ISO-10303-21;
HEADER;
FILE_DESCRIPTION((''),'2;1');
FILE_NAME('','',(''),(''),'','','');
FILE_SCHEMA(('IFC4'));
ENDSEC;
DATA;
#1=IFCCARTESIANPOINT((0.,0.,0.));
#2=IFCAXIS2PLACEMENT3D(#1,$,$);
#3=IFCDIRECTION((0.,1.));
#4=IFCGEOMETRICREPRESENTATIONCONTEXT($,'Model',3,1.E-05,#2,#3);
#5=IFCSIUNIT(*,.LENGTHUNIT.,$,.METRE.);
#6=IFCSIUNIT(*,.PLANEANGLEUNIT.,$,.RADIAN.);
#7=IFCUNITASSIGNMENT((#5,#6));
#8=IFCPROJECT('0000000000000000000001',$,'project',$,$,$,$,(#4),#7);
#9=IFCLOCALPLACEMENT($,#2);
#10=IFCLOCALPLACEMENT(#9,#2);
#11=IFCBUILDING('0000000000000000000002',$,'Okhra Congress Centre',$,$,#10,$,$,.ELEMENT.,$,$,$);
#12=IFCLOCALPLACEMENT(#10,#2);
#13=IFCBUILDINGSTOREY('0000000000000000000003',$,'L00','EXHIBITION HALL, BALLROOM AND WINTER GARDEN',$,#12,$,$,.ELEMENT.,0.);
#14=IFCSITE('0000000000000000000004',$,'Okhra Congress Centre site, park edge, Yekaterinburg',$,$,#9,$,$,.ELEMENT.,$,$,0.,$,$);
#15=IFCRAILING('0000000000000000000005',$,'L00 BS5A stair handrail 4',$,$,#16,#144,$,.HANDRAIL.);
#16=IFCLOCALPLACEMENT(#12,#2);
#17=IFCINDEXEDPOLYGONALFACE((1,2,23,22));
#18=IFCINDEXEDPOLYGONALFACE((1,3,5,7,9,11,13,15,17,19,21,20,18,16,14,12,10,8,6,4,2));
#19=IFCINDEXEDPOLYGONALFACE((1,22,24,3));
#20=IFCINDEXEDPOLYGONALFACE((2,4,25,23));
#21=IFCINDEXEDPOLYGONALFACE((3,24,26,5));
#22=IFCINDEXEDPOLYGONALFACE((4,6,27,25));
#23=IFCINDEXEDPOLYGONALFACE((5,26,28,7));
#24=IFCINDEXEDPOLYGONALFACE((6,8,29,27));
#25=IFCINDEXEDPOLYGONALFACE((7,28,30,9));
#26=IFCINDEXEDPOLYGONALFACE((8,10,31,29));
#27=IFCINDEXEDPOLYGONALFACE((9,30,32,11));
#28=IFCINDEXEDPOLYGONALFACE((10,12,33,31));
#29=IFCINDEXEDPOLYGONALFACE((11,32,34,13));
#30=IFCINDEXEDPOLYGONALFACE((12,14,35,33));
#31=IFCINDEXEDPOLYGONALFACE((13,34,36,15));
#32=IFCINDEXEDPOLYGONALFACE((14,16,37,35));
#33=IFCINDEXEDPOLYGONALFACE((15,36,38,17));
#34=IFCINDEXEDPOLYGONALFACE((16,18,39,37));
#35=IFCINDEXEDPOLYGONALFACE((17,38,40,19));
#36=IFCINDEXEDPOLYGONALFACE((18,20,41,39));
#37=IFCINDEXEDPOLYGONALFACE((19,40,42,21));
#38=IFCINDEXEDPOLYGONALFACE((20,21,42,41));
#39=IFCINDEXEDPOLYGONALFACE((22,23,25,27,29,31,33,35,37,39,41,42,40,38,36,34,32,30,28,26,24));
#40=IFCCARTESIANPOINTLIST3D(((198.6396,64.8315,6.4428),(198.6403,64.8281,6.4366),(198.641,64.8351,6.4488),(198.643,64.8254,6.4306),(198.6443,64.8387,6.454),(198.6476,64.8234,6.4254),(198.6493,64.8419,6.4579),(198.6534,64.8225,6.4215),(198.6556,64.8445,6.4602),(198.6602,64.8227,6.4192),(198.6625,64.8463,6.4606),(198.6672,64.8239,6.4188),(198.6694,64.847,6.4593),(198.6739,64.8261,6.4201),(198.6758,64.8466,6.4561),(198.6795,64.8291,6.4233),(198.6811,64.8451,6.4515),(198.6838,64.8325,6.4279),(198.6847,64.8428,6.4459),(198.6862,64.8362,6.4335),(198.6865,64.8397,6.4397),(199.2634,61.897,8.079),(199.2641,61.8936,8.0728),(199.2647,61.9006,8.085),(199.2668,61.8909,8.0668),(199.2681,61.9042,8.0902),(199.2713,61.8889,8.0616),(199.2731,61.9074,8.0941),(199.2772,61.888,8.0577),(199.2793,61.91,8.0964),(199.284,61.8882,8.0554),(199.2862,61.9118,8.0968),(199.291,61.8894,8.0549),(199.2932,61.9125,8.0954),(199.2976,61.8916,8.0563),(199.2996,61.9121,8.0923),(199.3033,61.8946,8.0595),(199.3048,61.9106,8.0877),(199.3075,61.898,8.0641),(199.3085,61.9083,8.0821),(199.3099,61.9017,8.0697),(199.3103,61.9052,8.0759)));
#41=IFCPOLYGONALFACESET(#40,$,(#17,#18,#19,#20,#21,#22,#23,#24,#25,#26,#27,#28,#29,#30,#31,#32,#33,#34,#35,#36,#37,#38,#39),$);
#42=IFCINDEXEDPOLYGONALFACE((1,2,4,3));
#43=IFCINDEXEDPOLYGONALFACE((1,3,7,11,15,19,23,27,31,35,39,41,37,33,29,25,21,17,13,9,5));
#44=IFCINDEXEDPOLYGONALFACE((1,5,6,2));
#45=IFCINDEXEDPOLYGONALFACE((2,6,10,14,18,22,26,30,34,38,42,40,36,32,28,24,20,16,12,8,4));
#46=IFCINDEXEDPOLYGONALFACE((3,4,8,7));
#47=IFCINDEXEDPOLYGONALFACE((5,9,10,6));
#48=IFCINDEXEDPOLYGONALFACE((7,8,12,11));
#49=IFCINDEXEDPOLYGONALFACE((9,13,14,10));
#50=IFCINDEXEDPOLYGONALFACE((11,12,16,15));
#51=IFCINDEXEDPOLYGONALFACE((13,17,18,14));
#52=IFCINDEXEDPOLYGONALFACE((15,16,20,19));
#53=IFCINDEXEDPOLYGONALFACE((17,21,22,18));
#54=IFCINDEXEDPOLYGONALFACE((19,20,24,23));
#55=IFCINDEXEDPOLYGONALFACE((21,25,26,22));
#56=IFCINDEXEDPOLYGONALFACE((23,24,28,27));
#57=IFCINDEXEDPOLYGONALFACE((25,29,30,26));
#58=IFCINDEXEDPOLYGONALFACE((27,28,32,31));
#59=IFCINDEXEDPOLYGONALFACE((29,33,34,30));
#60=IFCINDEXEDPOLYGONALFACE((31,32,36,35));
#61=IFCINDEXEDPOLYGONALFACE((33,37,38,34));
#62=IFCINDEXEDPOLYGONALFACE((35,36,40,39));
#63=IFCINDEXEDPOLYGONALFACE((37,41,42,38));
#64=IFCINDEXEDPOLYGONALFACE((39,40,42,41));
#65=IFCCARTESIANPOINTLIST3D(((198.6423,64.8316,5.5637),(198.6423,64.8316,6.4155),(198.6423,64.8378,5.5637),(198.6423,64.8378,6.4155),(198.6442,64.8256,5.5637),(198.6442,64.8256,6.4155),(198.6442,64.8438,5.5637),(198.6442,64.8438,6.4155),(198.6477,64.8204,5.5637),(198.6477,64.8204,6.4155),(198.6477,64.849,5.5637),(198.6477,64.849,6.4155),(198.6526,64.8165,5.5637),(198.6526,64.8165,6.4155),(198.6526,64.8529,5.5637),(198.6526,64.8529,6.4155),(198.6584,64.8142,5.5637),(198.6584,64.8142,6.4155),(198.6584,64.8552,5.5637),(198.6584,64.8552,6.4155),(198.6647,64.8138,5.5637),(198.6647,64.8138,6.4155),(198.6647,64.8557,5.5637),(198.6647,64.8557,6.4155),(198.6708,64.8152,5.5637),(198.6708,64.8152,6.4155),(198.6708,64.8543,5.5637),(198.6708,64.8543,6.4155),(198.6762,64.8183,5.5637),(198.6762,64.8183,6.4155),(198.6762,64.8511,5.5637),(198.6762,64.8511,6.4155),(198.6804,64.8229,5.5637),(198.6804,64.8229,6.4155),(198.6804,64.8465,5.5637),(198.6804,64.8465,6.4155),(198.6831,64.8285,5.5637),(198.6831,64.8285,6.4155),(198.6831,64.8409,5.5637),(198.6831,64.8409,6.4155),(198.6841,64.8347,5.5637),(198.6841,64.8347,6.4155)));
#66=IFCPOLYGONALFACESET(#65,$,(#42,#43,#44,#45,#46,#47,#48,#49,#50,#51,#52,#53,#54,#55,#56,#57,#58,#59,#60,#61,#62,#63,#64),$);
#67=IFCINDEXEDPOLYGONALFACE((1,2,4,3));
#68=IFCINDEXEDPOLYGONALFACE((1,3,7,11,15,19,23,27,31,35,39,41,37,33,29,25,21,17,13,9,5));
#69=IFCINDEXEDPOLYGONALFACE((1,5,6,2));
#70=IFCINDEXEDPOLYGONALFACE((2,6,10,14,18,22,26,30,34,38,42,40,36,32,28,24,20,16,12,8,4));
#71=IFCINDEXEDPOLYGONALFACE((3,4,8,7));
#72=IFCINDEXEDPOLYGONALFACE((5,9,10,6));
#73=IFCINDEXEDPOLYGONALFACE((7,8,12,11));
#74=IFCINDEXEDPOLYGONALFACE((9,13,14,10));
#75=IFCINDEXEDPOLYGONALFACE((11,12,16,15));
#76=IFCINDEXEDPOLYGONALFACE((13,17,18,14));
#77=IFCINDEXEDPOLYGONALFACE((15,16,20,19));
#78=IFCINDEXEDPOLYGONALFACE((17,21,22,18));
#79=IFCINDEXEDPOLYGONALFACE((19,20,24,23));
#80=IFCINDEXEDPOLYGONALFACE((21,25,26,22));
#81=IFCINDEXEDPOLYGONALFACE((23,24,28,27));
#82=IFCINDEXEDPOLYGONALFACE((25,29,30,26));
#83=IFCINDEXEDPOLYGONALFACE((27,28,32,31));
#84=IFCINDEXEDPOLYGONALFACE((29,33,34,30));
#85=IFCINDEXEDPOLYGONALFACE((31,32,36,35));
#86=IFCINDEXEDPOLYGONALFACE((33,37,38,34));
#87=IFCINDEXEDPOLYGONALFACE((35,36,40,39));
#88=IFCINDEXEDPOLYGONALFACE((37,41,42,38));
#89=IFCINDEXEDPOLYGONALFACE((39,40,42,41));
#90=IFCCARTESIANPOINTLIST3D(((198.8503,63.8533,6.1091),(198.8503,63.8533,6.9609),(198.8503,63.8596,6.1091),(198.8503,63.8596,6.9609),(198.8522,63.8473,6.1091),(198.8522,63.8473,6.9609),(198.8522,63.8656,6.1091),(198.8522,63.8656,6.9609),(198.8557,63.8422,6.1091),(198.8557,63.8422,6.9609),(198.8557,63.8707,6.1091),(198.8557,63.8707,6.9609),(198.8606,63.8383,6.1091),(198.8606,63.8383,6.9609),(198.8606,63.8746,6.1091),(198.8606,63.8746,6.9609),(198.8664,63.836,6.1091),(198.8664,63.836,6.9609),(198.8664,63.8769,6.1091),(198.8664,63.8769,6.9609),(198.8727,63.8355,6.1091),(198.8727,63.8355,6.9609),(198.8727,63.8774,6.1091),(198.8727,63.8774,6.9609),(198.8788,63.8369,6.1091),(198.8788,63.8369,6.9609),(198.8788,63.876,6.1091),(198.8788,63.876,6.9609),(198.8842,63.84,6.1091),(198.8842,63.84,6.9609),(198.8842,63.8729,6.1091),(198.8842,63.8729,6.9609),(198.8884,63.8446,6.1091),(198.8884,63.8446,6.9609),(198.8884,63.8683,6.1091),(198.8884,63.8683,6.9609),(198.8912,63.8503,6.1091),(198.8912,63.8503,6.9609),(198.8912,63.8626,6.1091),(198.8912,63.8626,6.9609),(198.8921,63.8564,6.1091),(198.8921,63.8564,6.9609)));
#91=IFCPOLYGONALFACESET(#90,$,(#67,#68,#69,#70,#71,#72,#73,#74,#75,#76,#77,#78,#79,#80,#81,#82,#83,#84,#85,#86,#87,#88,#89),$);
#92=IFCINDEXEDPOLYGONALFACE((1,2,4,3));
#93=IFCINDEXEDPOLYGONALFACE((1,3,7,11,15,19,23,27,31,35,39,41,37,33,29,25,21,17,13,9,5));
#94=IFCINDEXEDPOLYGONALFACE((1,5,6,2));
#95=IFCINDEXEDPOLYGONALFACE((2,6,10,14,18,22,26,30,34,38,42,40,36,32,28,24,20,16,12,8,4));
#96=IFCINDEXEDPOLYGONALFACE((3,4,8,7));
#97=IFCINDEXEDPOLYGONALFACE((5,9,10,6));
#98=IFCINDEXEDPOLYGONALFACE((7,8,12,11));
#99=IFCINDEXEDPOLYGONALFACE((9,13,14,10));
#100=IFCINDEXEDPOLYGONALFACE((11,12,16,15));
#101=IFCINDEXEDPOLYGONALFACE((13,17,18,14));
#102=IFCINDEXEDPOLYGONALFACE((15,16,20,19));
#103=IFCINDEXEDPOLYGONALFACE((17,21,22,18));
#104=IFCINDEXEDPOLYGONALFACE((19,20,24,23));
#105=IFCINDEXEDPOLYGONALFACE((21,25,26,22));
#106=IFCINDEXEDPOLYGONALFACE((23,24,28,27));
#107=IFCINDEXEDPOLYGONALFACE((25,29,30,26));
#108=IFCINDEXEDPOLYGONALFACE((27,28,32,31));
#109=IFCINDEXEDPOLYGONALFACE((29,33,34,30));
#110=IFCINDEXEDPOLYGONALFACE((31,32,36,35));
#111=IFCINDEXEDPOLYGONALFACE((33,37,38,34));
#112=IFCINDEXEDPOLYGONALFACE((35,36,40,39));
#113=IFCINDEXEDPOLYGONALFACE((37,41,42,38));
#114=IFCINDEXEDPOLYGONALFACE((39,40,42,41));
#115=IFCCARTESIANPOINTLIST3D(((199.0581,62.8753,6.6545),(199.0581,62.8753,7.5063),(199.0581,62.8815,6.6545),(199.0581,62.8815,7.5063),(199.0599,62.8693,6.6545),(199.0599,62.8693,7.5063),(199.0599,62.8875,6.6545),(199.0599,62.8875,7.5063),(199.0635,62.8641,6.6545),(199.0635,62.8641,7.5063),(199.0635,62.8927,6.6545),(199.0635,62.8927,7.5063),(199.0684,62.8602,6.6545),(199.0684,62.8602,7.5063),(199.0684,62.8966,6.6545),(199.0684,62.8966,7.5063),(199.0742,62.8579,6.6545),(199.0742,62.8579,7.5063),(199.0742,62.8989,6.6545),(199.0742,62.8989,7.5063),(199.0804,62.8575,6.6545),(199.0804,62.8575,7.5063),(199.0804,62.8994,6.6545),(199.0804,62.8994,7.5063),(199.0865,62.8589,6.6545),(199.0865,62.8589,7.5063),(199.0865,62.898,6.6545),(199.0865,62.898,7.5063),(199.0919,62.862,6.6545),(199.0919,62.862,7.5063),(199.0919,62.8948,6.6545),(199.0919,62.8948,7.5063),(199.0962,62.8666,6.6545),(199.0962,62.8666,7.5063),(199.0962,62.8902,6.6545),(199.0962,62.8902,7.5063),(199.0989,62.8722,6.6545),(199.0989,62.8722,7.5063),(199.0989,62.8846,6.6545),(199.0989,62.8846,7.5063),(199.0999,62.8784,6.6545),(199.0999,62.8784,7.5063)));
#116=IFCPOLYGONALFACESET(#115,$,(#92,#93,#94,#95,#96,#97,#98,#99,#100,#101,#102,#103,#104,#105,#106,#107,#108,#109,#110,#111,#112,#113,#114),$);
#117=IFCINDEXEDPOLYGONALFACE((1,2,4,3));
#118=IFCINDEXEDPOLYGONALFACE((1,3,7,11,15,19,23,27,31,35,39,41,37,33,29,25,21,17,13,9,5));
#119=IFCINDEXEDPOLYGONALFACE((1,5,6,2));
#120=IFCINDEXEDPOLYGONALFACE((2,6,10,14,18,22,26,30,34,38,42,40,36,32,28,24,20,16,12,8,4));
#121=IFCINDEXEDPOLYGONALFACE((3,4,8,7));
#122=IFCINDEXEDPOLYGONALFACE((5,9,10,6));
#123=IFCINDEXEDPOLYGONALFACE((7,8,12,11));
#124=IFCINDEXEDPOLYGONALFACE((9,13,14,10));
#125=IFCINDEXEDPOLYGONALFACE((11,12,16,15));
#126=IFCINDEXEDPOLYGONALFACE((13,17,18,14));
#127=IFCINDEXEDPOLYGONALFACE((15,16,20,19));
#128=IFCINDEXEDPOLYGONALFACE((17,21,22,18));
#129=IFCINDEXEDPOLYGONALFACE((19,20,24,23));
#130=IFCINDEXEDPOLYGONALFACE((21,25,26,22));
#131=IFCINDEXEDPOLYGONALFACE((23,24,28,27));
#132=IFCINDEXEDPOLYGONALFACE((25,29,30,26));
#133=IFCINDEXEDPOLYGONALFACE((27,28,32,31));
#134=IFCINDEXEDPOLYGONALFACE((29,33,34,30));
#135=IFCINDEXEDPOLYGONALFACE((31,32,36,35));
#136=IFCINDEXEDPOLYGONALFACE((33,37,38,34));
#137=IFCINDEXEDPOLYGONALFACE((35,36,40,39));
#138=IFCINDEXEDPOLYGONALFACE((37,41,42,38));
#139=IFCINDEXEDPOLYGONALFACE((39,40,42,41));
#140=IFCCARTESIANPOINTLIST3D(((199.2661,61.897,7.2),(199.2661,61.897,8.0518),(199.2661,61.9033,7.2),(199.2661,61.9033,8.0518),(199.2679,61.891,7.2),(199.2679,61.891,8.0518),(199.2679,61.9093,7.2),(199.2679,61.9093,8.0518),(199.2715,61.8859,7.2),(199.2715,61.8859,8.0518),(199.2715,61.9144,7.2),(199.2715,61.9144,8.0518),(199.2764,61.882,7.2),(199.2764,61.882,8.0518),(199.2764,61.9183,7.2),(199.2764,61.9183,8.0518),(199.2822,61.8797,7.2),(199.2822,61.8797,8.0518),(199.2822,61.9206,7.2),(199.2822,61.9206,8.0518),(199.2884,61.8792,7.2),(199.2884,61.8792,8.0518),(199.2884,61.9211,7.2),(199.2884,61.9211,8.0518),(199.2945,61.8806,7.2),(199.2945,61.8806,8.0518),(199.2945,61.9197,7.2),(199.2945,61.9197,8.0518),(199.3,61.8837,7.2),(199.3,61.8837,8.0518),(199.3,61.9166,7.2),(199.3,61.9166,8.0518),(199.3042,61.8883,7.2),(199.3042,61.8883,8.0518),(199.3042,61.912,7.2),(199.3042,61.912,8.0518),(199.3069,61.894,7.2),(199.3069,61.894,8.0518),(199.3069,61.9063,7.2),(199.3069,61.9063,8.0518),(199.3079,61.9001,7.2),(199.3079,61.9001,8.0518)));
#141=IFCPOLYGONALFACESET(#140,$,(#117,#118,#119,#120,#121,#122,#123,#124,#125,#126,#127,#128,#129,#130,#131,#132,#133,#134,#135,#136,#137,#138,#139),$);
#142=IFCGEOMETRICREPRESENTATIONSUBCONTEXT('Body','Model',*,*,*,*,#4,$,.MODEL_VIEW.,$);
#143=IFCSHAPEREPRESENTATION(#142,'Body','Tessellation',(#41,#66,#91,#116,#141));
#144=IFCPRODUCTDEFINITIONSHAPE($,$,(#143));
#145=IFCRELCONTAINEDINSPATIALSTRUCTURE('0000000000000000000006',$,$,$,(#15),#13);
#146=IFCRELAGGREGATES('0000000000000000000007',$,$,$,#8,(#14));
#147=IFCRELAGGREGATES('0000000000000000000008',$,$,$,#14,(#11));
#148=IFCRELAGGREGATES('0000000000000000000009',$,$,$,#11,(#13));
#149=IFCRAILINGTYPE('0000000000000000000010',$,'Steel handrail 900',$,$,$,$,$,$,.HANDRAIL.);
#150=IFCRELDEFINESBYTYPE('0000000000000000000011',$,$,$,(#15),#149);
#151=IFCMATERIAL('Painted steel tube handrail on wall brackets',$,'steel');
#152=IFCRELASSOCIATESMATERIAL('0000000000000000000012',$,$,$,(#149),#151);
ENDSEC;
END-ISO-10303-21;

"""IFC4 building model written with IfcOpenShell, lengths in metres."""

from ifc_helpers import new_model, si_unit, direction, frame, origin, origin_2d, place, context, subcontext, project, spatial, circle, extrude, material, type_object, element, save


model = new_model("IFC4")

# Units and contexts
model_context = context("Model", 3, precision=1e-05, world=origin(), true_north=direction((0.0, 1.0)))
body_context = subcontext(model_context, "Body", "Model", "MODEL_VIEW")
ifc_project = project(units=[si_unit("LENGTHUNIT", "METRE"), si_unit("PLANEANGLEUNIT", "RADIAN")], contexts=[model_context])

# Site, building, storey
site_placement = place(None, origin())
site = spatial("IfcSite", under=ifc_project, at=site_placement, Name="Okhra Congress Centre site, park edge, Yekaterinburg", CompositionType="ELEMENT", RefElevation=0.0)
building_placement = place(site_placement, origin())
building = spatial("IfcBuilding", under=site, at=building_placement, Name="Okhra Congress Centre", CompositionType="ELEMENT")
storey_placement = place(building_placement, origin())
storey = spatial("IfcBuildingStorey", under=building, at=storey_placement, Name="L00", Description="EXHIBITION HALL, BALLROOM AND WINTER GARDEN", CompositionType="ELEMENT", Elevation=0.0)

# Railing
ifc_material_1 = material(Name="Painted steel tube handrail on wall brackets", Category="steel")
railing_type_1 = type_object("IfcRailingType", Name="Steel handrail 900", PredefinedType="HANDRAIL", material=ifc_material_1)
railing_1_placement = place(storey_placement, frame((198.6631, 64.8347, 5.5637)))
element("IfcRailing", 1, at=railing_1_placement, inside=storey, type_object=railing_type_1, Name="L00 BS5A stair handrail 4", PredefinedType="HANDRAIL", context=body_context, shape_type="SweptSolid", body=[
    extrude(circle(Radius=0.0239, at=origin_2d()), frame((0.0, 0.0, 0.876), z_axis=(0.182535, -0.858735, 0.478806), x_axis=(0.978146, 0.207917, 0.0)), (0.0, 0.0, 1.0), 3.4172),
    extrude(circle(Radius=0.021, at=origin_2d()), origin(), (0.0, 0.0, 1.0), 0.8518),
    extrude(circle(Radius=0.021, at=origin_2d()), frame((0.208, -0.9783, 0.5454)), (0.0, 0.0, 1.0), 0.8518),
    extrude(circle(Radius=0.021, at=origin_2d()), frame((0.4158, -1.9563, 1.0908)), (0.0, 0.0, 1.0), 0.8518),
    extrude(circle(Radius=0.021, at=origin_2d()), frame((0.6238, -2.9346, 1.6362)), (0.0, 0.0, 1.0), 0.8518),
])

save(model, "model.ifc")
